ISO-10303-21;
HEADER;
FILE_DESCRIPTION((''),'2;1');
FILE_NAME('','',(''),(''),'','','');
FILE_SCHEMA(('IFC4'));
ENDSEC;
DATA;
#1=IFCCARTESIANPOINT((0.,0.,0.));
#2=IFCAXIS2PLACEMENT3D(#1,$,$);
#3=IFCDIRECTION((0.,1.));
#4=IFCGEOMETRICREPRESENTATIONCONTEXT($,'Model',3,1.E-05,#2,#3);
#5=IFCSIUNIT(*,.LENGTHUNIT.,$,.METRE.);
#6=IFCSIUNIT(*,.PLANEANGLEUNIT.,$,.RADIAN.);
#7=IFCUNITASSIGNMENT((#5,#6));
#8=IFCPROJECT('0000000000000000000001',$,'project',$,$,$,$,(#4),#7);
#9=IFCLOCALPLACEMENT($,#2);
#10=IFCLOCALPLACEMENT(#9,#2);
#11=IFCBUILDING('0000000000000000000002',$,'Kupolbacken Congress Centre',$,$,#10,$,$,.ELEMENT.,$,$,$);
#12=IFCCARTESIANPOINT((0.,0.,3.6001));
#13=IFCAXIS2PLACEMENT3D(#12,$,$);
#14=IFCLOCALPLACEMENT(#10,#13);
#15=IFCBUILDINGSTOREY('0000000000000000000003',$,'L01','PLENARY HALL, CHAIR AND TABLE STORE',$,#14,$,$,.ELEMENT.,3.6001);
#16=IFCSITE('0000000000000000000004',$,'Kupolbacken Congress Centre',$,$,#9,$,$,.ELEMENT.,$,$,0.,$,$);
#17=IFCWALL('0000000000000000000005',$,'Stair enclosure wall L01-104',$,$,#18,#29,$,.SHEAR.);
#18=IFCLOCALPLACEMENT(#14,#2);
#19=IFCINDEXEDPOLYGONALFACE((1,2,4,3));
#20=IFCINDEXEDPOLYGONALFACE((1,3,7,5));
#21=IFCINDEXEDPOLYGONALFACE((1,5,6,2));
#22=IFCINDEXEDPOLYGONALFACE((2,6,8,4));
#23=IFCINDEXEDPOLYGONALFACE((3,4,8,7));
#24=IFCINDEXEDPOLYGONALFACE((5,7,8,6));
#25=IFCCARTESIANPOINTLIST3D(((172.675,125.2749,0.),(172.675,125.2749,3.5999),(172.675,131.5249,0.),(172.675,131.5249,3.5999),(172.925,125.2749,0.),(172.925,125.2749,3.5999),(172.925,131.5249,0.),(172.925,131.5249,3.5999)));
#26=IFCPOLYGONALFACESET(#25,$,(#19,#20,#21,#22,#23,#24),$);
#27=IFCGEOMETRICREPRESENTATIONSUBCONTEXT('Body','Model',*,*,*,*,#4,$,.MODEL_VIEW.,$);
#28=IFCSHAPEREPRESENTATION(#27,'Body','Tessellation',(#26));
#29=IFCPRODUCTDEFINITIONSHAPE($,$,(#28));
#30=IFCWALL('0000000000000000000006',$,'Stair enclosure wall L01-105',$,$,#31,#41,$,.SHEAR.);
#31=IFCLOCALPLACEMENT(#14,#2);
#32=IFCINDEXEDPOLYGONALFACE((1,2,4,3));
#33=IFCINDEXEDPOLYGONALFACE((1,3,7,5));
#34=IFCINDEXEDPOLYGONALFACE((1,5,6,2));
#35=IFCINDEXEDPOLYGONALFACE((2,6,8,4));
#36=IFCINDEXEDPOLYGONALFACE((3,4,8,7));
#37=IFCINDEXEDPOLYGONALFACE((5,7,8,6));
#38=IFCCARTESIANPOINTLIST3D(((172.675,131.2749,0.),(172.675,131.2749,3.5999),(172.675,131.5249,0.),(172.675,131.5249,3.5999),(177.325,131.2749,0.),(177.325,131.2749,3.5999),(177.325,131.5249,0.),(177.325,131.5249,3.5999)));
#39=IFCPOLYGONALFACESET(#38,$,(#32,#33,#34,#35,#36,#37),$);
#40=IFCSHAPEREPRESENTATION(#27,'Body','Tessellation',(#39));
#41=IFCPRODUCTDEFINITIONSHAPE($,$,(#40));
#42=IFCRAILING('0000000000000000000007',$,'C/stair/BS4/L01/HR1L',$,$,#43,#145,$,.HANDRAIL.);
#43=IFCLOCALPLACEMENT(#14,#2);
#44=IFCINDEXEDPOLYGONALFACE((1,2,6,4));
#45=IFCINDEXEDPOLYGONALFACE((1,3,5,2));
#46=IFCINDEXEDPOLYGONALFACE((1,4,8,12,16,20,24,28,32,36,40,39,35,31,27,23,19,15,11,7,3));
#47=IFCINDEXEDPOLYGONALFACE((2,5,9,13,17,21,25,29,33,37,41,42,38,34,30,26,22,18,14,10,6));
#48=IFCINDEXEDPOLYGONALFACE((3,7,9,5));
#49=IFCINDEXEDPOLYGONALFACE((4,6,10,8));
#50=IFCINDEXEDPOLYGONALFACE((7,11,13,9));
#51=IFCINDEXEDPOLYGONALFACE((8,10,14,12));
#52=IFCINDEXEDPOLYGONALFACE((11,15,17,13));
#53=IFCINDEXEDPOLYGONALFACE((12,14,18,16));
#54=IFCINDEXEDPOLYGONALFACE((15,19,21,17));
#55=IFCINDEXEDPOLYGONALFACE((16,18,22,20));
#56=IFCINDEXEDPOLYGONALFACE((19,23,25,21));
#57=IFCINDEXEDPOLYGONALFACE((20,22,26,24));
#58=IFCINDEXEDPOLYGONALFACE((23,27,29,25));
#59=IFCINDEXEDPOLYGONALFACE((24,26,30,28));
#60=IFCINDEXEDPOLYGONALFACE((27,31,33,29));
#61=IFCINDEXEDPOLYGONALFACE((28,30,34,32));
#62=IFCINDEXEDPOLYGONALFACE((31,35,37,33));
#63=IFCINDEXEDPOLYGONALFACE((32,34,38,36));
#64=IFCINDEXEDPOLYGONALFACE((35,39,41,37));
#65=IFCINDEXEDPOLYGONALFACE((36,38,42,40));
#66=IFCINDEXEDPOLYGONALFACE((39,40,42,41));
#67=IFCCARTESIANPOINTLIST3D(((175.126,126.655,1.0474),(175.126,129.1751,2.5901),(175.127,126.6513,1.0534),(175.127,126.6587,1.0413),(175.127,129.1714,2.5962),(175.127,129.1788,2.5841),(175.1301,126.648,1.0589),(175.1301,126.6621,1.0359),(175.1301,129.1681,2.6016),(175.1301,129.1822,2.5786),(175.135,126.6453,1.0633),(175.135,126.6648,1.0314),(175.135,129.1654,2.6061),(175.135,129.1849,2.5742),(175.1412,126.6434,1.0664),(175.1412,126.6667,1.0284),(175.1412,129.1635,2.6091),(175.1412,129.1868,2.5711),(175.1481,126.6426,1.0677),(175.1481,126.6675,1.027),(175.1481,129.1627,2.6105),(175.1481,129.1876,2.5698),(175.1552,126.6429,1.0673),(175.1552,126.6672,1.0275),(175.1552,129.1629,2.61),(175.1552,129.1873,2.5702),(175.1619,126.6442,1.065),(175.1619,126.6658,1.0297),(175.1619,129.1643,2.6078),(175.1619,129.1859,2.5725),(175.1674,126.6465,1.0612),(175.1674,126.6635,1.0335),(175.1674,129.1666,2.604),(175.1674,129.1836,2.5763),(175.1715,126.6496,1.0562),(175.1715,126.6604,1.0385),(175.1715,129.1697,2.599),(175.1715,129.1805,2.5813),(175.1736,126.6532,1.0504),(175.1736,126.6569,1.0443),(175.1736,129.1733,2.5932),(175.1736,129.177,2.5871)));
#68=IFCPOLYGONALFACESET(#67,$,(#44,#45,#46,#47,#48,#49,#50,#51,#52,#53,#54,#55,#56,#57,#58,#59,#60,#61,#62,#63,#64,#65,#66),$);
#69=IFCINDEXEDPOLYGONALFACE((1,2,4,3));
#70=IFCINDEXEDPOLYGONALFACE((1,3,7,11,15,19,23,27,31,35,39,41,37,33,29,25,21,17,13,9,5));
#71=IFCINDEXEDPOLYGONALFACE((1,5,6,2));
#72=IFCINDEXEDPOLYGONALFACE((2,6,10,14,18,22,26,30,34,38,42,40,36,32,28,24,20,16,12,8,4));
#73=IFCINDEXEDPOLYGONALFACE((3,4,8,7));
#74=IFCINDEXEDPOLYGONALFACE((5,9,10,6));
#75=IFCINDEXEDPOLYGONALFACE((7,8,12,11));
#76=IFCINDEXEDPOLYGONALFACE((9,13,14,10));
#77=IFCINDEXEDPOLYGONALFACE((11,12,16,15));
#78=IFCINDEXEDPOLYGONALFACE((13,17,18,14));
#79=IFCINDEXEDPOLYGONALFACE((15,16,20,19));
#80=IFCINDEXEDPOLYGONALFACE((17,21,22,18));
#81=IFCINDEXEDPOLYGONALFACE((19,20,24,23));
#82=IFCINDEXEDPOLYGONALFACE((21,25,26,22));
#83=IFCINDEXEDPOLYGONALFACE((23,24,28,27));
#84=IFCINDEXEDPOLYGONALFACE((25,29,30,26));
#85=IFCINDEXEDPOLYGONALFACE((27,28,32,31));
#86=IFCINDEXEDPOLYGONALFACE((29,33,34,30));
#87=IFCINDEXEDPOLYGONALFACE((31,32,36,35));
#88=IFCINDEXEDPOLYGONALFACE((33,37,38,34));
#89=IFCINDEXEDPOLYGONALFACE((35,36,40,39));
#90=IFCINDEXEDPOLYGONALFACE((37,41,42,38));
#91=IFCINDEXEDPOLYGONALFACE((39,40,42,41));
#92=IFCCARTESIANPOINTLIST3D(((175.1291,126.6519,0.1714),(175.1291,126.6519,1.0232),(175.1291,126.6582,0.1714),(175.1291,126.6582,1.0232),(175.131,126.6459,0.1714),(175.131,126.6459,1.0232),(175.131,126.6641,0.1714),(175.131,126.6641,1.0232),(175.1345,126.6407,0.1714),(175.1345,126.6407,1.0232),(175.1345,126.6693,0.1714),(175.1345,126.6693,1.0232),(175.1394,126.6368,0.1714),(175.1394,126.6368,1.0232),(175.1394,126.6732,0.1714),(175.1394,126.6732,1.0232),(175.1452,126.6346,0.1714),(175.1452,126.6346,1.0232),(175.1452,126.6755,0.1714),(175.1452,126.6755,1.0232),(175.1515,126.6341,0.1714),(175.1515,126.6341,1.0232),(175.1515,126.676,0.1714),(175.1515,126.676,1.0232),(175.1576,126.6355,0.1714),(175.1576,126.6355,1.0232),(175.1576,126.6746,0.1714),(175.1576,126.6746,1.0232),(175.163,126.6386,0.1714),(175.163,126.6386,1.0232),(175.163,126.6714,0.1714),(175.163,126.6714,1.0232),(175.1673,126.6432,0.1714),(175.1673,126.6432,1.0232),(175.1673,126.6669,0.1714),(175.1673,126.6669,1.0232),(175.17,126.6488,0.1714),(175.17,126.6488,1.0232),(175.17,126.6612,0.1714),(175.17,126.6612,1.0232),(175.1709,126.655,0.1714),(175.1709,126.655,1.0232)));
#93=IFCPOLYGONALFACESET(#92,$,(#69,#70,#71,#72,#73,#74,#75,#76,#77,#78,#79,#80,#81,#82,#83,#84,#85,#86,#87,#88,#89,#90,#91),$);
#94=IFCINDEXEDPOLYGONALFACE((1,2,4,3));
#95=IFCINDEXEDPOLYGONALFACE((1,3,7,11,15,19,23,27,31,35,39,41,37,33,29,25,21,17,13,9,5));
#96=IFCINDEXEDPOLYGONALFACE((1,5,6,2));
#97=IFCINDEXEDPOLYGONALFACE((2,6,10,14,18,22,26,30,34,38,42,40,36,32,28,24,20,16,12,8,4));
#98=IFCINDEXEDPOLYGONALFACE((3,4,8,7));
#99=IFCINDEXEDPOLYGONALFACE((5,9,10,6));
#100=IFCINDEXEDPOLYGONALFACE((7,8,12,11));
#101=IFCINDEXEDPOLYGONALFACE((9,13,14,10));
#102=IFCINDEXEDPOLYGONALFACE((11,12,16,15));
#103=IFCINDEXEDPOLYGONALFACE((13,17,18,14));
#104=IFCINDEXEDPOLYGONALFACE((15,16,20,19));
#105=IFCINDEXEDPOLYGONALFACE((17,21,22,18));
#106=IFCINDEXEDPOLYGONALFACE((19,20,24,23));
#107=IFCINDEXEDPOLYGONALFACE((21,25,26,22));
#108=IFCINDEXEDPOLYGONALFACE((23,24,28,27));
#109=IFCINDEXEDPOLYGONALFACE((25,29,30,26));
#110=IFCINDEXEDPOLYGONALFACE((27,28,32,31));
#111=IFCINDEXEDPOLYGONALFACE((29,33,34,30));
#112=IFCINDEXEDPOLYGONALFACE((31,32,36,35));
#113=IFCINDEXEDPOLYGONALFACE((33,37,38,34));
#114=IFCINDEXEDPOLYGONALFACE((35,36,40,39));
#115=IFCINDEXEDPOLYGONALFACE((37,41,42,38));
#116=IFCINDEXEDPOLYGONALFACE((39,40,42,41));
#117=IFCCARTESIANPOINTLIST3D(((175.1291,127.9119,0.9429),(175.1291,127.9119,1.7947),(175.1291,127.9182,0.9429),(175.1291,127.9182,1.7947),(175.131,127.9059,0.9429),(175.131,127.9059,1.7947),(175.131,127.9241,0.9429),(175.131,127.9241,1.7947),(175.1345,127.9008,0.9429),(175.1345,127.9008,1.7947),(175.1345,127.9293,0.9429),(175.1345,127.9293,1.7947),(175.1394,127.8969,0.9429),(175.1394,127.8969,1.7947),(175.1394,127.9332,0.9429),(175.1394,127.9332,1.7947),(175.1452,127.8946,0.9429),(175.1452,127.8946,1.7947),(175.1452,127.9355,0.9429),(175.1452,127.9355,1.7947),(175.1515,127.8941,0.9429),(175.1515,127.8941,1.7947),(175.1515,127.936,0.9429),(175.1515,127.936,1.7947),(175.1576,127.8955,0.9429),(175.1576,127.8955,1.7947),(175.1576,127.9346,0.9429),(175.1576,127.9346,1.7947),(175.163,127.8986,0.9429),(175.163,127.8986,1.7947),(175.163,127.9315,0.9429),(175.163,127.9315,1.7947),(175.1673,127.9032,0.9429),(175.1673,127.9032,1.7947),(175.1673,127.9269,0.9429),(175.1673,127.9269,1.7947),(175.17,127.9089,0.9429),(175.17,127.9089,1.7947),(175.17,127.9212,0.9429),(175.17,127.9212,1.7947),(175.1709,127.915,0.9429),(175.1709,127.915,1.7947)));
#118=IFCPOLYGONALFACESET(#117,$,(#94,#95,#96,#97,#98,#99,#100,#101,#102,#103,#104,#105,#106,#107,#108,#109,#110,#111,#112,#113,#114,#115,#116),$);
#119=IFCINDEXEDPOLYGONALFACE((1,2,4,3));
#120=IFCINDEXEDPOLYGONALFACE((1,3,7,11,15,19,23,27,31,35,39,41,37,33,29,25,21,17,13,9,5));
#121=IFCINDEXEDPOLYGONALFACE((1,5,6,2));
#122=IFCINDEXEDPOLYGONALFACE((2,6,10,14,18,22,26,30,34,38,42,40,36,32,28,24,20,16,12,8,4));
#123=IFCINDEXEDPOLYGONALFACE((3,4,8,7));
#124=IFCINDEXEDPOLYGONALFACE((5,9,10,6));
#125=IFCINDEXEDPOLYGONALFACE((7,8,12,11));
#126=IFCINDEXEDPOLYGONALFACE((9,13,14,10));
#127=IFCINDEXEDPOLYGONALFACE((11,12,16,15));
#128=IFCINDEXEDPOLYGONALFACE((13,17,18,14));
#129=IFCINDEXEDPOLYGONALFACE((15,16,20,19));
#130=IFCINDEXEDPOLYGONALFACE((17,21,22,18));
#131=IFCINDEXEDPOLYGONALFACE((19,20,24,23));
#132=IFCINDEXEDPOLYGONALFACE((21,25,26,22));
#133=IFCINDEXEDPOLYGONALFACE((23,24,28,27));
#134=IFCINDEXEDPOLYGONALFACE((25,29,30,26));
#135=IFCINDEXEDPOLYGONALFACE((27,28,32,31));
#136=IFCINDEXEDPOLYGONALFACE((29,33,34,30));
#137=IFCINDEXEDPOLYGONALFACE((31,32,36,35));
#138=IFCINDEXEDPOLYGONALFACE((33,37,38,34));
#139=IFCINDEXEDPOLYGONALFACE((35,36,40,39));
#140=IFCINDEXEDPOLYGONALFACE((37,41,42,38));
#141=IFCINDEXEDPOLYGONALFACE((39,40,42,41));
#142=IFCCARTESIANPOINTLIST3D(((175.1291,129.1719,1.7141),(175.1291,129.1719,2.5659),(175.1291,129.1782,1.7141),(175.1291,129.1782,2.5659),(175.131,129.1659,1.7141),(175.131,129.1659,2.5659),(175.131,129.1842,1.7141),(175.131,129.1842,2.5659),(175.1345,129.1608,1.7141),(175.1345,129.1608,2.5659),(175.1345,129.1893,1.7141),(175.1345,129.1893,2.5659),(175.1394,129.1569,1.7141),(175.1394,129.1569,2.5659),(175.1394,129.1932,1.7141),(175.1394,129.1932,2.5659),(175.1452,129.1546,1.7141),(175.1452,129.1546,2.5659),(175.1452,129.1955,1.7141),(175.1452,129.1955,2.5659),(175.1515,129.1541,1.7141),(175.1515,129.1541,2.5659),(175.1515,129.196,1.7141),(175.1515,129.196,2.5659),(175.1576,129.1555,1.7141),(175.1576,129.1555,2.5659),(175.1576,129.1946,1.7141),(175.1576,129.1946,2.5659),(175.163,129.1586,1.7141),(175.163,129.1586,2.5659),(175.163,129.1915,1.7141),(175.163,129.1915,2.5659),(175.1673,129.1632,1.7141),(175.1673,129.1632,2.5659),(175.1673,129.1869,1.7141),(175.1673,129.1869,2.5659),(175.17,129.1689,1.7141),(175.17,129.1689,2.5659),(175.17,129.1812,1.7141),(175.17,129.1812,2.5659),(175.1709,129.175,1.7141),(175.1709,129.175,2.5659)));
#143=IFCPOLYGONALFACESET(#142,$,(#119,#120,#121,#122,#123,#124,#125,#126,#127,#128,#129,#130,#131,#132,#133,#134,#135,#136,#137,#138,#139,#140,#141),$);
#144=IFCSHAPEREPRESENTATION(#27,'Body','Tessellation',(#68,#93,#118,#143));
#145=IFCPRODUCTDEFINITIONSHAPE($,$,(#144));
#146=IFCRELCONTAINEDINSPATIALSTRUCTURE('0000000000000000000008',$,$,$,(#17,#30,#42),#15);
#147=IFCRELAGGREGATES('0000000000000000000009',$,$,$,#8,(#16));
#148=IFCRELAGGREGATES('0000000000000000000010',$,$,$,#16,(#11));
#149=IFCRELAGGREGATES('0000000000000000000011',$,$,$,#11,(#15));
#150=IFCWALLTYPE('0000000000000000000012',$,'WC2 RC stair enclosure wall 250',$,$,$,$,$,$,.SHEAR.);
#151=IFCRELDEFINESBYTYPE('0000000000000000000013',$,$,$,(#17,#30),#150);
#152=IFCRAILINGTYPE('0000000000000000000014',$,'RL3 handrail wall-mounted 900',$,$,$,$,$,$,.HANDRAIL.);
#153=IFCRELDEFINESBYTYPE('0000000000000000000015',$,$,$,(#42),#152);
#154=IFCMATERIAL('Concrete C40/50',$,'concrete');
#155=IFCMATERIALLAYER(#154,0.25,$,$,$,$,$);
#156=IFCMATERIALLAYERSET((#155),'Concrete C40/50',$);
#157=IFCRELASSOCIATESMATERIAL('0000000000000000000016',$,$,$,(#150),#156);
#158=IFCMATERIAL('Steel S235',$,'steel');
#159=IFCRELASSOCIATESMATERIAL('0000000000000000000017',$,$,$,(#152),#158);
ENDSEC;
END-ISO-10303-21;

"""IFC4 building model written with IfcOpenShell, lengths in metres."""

from ifc_helpers import new_model, si_unit, direction, frame, frame_2d, origin, origin_2d, place, context, subcontext, project, spatial, rectangle, circle, extrude, material, layer, layer_set, type_object, element, save


model = new_model("IFC4")

# Units and contexts
model_context = context("Model", 3, precision=1e-05, world=origin(), true_north=direction((0.0, 1.0)))
body_context = subcontext(model_context, "Body", "Model", "MODEL_VIEW")
ifc_project = project(units=[si_unit("LENGTHUNIT", "METRE"), si_unit("PLANEANGLEUNIT", "RADIAN")], contexts=[model_context])

# Site, building, storey
site_placement = place(None, origin())
site = spatial("IfcSite", under=ifc_project, at=site_placement, Name="Kupolbacken Congress Centre", CompositionType="ELEMENT", RefElevation=0.0)
building_placement = place(site_placement, origin())
building = spatial("IfcBuilding", under=site, at=building_placement, Name="Kupolbacken Congress Centre", CompositionType="ELEMENT")
storey_placement = place(building_placement, frame((0.0, 0.0, 3.6001)))
storey = spatial("IfcBuildingStorey", under=building, at=storey_placement, Name="L01", Description="PLENARY HALL, CHAIR AND TABLE STORE", CompositionType="ELEMENT", Elevation=3.6001)

# Walls
ifc_material_1 = material(Name="Concrete C40/50", Category="concrete")
ifc_layer_1 = layer(ifc_material_1, 0.25)
ifc_layer_set_1 = layer_set([ifc_layer_1], Name="Concrete C40/50")
wall_type_1 = type_object("IfcWallType", Name="WC2 RC stair enclosure wall 250", PredefinedType="SHEAR", material=ifc_layer_set_1)
wall_1_placement = place(storey_placement, frame((172.8, 131.5249, 0.0), z_axis=(0.0, 0.0, 1.0), x_axis=(0.0, -1.0, 0.0)))
element("IfcWall", 1, at=wall_1_placement, inside=storey, type_object=wall_type_1, Name="Stair enclosure wall L01-104", PredefinedType="SHEAR", context=body_context, shape_type="SweptSolid", body=[
    extrude(rectangle(XDim=6.25, YDim=0.25, at=frame_2d((3.125, 0.0))), origin(), (0.0, 0.0, 1.0), 3.5999),
])
wall_2_placement = place(storey_placement, frame((177.325, 131.3999, 0.0), z_axis=(0.0, 0.0, 1.0), x_axis=(-1.0, 0.0, 0.0)))
element("IfcWall", 2, at=wall_2_placement, inside=storey, type_object=wall_type_1, Name="Stair enclosure wall L01-105", PredefinedType="SHEAR", context=body_context, shape_type="SweptSolid", body=[
    extrude(rectangle(XDim=4.6499, YDim=0.25, at=frame_2d((2.325, 0.0))), origin(), (0.0, 0.0, 1.0), 3.5999),
])

# Railing
ifc_material_2 = material(Name="Steel S235", Category="steel")
railing_type = type_object("IfcRailingType", Name="RL3 handrail wall-mounted 900", PredefinedType="HANDRAIL", material=ifc_material_2)
for number, where, name in (
    (3, (175.1499, 126.655, 0.1714), "C/stair/BS4/L01/HR1L"),
):
    element("IfcRailing", number, at=place(storey_placement, frame(where)), inside=storey, type_object=railing_type, Name=name, PredefinedType="HANDRAIL", context=body_context, shape_type="SweptSolid", body=[
        extrude(circle(Radius=0.0239, at=origin_2d()), frame((0.0, 0.0, 0.876), z_axis=(0.0, 0.852873, 0.522118), x_axis=(-1.0, 0.0, 0.0)), (0.0, 0.0, 1.0), 2.9548),
        extrude(circle(Radius=0.021, at=origin_2d()), origin(), (0.0, 0.0, 1.0), 0.8518),
        extrude(circle(Radius=0.021, at=origin_2d()), frame((0.0, 1.26, 0.7715)), (0.0, 0.0, 1.0), 0.8518),
        extrude(circle(Radius=0.021, at=origin_2d()), frame((0.0, 2.52, 1.5427)), (0.0, 0.0, 1.0), 0.8518),
    ])

save(model, "model.ifc")
